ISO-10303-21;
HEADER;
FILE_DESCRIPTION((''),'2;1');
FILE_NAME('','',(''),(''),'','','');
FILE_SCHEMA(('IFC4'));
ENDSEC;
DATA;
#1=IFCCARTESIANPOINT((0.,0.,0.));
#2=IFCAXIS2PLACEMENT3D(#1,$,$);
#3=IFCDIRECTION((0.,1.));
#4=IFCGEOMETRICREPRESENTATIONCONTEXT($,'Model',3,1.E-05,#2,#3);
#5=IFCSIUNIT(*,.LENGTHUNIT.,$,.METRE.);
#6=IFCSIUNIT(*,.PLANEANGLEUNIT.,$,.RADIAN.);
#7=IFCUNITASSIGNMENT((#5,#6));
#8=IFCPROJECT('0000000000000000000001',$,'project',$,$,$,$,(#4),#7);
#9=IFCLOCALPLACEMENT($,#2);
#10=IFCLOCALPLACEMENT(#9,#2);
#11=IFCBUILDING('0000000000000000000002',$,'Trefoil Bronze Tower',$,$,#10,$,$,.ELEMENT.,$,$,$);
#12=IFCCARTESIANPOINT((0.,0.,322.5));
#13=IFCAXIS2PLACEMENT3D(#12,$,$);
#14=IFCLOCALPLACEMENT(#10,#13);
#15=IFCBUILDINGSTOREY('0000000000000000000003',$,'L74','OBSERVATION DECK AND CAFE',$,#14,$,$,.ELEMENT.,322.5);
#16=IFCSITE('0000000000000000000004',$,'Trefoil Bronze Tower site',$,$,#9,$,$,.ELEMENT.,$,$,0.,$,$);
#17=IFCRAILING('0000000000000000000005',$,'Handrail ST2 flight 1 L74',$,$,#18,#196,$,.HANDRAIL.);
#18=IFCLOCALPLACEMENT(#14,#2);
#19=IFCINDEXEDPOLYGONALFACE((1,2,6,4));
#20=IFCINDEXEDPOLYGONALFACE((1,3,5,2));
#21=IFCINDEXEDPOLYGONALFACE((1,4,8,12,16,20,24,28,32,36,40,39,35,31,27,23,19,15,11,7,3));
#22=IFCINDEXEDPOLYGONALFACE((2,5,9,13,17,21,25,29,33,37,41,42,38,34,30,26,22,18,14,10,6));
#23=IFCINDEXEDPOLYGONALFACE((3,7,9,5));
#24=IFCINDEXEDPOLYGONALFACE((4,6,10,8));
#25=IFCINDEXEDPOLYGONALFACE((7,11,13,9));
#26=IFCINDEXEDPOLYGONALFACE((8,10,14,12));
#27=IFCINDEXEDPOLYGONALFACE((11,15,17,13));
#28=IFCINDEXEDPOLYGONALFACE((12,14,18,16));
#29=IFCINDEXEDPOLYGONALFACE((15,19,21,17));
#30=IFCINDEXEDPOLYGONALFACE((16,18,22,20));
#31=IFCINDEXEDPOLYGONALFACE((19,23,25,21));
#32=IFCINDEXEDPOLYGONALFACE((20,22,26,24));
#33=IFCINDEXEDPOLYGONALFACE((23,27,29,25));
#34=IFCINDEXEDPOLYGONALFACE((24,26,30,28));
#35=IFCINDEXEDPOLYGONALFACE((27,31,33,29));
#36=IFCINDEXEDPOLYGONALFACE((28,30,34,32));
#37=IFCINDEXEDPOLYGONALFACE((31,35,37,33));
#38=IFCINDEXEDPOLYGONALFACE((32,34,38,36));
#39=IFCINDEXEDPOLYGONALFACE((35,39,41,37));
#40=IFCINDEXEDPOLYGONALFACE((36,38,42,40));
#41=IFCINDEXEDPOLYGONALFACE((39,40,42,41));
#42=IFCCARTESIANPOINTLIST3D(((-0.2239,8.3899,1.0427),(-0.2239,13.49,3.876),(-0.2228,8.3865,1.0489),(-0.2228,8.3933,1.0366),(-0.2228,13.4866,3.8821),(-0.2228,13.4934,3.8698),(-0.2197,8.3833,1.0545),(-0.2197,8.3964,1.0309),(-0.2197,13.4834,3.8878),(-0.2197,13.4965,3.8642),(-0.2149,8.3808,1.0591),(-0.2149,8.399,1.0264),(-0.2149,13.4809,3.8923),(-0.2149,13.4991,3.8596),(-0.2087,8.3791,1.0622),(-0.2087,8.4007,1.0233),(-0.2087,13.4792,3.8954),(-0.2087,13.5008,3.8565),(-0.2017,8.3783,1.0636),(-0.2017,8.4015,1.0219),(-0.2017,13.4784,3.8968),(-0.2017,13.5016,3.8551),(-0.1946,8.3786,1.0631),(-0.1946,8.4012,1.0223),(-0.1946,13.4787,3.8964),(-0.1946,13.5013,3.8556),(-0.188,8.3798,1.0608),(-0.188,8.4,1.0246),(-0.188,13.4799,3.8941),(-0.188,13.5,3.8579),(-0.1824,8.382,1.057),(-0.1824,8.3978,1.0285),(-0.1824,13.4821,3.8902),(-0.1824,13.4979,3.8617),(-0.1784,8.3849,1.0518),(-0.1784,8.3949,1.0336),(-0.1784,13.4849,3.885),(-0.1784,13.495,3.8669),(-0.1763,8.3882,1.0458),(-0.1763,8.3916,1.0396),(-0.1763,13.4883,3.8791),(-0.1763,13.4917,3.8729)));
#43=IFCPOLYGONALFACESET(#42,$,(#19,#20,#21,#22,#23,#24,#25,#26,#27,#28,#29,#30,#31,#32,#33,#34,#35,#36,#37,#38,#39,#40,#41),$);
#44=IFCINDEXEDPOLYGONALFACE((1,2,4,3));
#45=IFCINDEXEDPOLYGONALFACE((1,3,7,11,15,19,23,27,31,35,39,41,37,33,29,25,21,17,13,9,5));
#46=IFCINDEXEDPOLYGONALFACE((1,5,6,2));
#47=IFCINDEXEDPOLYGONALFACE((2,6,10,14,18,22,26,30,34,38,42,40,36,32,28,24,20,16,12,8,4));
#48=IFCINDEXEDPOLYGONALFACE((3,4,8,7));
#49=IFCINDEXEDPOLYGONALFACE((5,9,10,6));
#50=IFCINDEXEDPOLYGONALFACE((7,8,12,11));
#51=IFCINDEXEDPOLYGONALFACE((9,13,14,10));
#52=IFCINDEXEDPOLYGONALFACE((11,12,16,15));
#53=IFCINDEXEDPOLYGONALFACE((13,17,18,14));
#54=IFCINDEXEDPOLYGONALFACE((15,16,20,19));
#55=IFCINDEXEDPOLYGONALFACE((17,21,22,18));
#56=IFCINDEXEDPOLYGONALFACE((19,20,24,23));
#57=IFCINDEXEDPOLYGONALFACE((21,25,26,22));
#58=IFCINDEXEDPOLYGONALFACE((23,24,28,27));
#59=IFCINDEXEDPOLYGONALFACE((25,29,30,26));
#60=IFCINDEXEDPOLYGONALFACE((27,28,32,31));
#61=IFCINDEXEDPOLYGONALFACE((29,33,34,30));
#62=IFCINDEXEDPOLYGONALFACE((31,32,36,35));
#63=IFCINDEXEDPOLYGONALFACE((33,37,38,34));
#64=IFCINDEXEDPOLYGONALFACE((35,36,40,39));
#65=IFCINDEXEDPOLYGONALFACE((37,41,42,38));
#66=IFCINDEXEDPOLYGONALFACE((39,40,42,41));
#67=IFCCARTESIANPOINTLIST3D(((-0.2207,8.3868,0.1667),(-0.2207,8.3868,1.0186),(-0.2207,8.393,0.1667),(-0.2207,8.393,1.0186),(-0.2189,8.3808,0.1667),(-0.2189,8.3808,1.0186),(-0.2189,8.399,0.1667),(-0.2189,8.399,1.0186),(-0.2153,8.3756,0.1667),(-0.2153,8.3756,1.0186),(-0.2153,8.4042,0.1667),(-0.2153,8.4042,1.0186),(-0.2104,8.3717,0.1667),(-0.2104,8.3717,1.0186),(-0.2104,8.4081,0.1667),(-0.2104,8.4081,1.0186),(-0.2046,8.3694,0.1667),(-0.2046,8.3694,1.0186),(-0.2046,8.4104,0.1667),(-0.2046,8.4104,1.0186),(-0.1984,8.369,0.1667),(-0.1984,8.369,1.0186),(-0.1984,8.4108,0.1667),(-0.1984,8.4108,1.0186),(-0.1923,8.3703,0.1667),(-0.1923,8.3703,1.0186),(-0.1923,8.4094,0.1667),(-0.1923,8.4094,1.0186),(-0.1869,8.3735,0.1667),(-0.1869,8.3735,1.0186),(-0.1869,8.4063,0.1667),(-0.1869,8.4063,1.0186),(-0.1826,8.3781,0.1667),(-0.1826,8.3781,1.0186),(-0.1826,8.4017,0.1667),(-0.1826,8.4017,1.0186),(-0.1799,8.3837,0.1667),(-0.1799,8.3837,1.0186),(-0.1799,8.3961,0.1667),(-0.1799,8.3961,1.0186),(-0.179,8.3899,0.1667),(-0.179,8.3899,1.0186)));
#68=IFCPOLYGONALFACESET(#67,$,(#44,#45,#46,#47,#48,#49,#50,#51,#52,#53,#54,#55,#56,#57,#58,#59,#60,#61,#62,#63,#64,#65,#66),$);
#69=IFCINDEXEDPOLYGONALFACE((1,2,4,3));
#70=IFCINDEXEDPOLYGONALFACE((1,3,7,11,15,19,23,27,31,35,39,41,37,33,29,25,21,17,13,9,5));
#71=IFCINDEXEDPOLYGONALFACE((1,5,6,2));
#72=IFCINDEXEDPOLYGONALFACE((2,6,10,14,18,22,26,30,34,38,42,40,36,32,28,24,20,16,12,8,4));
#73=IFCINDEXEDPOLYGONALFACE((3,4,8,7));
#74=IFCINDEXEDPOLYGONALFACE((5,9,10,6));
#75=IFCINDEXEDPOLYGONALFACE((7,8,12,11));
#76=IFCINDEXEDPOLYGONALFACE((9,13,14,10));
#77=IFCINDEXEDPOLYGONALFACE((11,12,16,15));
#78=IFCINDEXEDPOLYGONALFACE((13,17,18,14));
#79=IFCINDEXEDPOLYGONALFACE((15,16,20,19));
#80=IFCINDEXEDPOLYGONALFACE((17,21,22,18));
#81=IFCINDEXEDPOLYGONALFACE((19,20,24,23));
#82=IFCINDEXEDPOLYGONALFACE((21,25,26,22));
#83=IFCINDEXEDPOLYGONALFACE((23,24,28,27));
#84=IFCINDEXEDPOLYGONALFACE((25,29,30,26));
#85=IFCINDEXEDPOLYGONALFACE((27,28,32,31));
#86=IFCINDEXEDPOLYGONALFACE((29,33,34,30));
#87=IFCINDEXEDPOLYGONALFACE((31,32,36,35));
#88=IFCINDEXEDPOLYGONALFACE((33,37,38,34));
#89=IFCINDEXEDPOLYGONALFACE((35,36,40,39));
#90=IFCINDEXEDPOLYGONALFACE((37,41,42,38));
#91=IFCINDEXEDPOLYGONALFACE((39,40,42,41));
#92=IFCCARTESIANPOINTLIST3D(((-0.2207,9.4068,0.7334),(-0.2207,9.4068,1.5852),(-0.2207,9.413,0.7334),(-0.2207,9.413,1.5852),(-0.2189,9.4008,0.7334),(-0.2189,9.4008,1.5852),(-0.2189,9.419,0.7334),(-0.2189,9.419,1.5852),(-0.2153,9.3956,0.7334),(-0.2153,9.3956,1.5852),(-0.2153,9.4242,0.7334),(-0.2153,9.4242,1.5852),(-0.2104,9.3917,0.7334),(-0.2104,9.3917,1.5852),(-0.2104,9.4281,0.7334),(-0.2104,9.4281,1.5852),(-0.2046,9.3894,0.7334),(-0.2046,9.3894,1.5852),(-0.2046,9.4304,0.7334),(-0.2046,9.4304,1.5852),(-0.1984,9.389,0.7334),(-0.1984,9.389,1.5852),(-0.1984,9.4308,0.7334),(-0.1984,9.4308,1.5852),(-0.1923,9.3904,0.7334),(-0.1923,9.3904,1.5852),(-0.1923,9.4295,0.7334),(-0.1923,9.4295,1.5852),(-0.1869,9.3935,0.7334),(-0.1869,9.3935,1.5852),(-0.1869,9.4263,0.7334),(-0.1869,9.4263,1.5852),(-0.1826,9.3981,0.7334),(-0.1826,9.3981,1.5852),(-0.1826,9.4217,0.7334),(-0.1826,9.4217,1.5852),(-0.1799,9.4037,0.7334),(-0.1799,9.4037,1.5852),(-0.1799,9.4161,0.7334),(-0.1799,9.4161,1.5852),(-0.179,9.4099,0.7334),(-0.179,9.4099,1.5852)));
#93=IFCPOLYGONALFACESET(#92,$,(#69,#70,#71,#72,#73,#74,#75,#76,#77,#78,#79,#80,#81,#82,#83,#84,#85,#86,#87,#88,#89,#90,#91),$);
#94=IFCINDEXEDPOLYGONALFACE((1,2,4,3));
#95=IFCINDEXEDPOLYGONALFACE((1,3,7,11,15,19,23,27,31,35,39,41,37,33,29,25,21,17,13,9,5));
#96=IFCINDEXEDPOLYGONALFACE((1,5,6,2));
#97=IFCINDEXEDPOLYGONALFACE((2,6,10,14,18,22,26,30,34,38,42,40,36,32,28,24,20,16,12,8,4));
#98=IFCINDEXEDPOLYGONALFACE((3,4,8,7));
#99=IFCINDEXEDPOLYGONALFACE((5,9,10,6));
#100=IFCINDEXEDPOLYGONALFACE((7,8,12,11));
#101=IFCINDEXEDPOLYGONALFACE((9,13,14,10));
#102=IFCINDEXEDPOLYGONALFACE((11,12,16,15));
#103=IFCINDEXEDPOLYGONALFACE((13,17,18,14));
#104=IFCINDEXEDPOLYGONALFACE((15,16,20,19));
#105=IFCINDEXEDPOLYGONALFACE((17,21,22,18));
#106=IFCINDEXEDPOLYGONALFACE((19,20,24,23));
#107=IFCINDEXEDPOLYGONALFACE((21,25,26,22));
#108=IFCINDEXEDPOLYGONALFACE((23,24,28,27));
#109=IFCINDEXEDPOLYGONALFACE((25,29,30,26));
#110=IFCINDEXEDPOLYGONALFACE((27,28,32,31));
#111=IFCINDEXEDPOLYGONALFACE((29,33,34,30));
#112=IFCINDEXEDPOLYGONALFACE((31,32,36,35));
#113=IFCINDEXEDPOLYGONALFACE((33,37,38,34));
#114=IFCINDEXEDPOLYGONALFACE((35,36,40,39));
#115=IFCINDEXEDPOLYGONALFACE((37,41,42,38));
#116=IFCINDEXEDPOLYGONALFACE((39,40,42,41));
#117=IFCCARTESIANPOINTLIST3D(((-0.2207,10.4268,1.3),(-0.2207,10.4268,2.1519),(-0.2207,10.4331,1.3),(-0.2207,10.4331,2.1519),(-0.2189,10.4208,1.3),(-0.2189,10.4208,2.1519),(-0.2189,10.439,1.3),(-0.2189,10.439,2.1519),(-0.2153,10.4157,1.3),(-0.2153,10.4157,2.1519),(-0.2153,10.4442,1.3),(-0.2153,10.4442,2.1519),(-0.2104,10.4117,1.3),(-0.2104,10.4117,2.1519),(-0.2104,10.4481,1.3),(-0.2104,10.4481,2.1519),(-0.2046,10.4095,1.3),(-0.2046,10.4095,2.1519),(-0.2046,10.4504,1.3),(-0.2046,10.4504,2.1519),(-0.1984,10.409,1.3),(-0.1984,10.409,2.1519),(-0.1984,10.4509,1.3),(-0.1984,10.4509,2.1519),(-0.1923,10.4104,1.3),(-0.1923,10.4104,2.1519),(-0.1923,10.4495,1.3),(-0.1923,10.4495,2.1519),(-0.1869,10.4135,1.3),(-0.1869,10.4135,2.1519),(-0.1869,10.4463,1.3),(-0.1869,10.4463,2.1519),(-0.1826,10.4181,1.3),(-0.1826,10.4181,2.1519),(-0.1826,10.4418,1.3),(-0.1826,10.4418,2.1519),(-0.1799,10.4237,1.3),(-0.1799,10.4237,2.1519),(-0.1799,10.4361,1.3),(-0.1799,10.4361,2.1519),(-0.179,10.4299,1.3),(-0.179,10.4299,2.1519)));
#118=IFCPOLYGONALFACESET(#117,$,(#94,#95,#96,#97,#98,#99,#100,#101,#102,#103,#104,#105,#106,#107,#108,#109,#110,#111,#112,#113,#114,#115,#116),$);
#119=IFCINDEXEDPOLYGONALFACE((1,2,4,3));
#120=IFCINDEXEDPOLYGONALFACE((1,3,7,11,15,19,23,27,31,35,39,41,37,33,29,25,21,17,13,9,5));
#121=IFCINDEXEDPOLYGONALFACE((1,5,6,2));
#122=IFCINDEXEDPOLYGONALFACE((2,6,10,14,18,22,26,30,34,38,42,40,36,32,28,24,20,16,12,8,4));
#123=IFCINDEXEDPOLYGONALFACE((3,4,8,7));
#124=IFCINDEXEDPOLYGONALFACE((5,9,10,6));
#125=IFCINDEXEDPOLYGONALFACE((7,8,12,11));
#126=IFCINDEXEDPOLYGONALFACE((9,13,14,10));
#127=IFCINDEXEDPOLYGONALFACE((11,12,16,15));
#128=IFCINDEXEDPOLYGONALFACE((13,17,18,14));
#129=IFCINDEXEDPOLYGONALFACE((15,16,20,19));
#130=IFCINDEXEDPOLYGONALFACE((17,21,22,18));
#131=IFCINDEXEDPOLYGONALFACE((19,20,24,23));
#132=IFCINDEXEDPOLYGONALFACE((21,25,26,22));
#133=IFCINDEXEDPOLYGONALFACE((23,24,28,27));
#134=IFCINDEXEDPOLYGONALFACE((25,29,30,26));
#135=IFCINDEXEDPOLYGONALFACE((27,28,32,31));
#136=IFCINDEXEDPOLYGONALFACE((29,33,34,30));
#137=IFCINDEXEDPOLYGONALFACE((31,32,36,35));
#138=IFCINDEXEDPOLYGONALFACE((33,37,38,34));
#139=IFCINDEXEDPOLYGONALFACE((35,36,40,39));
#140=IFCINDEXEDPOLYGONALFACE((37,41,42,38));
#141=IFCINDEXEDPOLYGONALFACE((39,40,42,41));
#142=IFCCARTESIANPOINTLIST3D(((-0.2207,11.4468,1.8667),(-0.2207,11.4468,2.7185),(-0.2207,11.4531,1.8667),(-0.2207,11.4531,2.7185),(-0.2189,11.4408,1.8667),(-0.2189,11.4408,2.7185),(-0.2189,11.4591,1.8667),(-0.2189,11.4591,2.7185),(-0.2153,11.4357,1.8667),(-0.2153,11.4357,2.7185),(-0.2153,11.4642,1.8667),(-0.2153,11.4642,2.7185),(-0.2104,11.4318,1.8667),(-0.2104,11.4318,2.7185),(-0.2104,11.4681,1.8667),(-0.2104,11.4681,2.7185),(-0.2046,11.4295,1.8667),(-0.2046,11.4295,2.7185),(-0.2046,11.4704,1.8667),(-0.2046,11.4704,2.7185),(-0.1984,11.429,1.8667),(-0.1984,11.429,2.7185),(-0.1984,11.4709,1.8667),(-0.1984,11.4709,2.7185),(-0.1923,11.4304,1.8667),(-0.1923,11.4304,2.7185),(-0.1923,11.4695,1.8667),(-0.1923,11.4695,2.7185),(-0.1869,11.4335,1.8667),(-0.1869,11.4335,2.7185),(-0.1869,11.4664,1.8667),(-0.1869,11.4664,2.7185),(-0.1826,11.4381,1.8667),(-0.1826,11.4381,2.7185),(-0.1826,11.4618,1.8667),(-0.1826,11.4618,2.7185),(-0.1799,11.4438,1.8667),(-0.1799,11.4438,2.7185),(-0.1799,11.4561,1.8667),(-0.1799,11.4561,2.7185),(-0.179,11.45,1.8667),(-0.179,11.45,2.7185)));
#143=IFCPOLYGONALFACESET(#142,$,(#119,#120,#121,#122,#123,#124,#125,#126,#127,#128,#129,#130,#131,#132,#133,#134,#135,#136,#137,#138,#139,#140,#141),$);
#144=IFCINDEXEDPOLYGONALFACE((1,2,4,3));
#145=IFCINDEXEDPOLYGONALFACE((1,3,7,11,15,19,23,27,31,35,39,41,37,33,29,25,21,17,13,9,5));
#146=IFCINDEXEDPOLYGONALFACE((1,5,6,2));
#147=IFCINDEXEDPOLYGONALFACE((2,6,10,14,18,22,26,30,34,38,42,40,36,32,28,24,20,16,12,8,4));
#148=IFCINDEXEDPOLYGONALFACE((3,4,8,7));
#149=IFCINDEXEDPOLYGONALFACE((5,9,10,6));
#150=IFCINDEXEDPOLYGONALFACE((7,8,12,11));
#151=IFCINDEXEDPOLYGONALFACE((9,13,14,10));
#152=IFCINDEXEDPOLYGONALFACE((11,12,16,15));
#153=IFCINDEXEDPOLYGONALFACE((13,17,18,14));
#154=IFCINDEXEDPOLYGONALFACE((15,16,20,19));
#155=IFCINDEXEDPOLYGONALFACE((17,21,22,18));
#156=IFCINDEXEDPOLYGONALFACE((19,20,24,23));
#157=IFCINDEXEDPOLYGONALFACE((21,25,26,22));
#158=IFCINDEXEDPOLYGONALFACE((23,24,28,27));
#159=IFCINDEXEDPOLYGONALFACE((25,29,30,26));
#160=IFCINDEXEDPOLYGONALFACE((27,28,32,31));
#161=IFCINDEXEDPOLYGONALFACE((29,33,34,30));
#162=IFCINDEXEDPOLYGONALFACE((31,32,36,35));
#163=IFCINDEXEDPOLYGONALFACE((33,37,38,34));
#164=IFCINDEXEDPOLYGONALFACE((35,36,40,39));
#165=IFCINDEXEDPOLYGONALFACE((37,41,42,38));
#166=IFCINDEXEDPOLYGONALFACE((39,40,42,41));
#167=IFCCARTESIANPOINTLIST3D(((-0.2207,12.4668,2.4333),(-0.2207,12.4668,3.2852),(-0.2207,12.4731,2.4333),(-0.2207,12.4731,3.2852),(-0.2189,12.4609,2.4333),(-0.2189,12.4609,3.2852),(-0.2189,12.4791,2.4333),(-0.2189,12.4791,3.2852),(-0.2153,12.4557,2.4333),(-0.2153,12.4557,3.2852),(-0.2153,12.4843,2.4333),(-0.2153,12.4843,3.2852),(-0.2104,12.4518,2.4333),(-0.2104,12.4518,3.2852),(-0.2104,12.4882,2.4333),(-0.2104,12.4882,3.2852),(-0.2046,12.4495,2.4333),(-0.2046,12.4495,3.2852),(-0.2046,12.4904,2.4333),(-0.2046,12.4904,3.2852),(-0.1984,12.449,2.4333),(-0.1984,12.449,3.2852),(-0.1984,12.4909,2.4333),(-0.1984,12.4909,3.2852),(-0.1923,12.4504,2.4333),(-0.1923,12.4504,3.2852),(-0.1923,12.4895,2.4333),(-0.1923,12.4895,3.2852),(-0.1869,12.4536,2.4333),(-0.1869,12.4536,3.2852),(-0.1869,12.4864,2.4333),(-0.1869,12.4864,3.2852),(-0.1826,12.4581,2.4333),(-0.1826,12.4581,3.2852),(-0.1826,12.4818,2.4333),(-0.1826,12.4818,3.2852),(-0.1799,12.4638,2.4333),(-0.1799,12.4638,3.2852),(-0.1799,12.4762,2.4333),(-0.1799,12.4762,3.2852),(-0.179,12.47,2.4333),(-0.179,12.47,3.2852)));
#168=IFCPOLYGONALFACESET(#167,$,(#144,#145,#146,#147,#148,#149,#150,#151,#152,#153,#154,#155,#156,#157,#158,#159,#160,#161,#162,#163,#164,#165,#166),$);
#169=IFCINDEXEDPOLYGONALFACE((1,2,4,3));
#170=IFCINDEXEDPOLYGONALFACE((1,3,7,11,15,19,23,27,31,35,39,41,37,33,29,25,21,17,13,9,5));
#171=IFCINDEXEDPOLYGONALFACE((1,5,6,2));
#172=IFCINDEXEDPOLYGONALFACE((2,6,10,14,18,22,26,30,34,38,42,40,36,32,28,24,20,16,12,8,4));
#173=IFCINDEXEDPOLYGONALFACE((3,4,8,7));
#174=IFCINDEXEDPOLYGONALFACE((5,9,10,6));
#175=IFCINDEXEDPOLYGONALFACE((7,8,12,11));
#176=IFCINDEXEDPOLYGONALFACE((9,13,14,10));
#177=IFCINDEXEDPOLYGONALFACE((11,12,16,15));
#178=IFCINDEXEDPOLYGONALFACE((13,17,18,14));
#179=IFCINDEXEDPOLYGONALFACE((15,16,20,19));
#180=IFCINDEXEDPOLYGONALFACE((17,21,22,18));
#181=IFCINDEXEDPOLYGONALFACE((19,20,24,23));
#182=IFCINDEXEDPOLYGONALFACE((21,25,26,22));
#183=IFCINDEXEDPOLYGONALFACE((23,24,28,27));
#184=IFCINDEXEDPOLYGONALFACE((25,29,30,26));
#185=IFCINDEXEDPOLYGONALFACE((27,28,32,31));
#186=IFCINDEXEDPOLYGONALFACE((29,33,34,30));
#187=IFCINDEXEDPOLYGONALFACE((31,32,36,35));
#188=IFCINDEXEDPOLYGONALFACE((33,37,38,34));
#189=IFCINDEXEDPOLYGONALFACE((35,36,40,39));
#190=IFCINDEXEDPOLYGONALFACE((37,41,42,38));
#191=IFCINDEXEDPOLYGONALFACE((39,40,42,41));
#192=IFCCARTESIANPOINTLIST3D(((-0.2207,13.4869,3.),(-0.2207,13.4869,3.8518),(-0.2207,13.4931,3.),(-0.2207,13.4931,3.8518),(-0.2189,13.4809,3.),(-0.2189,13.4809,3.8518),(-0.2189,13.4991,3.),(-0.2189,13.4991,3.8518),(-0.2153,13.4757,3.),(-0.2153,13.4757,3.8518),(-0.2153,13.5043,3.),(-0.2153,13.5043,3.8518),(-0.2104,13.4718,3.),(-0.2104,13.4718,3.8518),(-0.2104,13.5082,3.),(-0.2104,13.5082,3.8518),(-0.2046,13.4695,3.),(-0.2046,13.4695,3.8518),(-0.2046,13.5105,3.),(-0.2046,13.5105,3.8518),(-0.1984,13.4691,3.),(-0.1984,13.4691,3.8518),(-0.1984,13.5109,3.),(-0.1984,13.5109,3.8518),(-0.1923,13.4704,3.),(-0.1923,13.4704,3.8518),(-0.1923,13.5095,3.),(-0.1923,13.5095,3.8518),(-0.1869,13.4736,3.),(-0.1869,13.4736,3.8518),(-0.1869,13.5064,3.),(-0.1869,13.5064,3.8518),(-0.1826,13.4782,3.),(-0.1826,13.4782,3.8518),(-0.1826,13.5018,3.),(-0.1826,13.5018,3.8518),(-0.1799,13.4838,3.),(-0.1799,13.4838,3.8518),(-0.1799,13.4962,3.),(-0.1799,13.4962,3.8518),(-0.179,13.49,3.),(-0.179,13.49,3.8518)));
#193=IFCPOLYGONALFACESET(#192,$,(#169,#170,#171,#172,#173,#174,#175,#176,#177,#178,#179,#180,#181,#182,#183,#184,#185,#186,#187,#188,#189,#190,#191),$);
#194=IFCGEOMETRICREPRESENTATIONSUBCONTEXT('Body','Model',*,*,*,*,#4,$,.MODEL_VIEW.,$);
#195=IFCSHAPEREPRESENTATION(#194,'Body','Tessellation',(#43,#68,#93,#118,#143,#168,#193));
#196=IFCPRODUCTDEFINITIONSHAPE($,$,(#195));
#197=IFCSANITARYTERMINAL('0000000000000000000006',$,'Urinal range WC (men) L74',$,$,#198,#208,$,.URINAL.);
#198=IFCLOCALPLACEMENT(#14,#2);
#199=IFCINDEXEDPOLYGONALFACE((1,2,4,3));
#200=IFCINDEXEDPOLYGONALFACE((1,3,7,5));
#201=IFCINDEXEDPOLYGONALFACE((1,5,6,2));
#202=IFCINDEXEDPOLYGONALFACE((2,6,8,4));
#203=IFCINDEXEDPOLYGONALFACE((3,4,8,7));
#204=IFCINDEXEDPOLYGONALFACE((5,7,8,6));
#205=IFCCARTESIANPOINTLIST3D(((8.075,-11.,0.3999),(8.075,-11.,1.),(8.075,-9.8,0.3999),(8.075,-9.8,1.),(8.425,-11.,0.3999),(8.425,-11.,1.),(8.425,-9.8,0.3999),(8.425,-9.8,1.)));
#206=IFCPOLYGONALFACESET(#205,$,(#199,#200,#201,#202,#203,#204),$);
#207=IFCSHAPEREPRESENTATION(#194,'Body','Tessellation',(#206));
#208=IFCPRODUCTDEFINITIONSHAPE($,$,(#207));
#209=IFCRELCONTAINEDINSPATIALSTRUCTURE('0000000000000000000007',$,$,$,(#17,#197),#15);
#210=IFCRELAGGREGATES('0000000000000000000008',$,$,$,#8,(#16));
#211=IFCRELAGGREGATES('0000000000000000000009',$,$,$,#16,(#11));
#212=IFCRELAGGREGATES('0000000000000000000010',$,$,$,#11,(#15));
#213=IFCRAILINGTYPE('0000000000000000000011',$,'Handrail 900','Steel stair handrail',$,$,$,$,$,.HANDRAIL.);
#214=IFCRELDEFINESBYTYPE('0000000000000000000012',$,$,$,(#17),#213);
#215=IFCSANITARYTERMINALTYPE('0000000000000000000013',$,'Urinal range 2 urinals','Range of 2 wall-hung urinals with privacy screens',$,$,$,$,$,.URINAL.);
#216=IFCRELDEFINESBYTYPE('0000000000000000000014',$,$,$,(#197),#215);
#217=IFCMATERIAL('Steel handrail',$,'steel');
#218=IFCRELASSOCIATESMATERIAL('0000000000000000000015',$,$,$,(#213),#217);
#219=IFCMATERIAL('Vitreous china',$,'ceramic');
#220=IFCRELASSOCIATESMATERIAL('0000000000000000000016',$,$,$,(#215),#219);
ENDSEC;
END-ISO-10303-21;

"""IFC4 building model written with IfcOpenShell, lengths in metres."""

from ifc_helpers import new_model, si_unit, direction, frame, origin, origin_2d, place, context, subcontext, project, spatial, polyline, circle, outline, extrude, material, type_object, element, save


model = new_model("IFC4")

# Units and contexts
model_context = context("Model", 3, precision=1e-05, world=origin(), true_north=direction((0.0, 1.0)))
body_context = subcontext(model_context, "Body", "Model", "MODEL_VIEW")
ifc_project = project(units=[si_unit("LENGTHUNIT", "METRE"), si_unit("PLANEANGLEUNIT", "RADIAN")], contexts=[model_context])

# Site, building, storey
site_placement = place(None, origin())
site = spatial("IfcSite", under=ifc_project, at=site_placement, Name="Trefoil Bronze Tower site", CompositionType="ELEMENT", RefElevation=0.0)
building_placement = place(site_placement, origin())
building = spatial("IfcBuilding", under=site, at=building_placement, Name="Trefoil Bronze Tower", CompositionType="ELEMENT")
storey_placement = place(building_placement, frame((0.0, 0.0, 322.5)))
storey = spatial("IfcBuildingStorey", under=building, at=storey_placement, Name="L74", Description="OBSERVATION DECK AND CAFE", CompositionType="ELEMENT", Elevation=322.5)

# Railing
ifc_material_1 = material(Name="Steel handrail", Category="steel")
railing_type = type_object("IfcRailingType", Name="Handrail 900", Description="Steel stair handrail", PredefinedType="HANDRAIL", material=ifc_material_1)
railing_placement = place(storey_placement, frame((-0.2, 8.3899, 0.1667)))
element("IfcRailing", 1, at=railing_placement, inside=storey, type_object=railing_type, Name="Handrail ST2 flight 1 L74", PredefinedType="HANDRAIL", context=body_context, shape_type="SweptSolid", body=[
    extrude(circle(Radius=0.0239, at=origin_2d()), frame((0.0, 0.0, 0.876), z_axis=(0.0, 0.874167, 0.485625), x_axis=(-1.0, 0.0, 0.0)), (0.0, 0.0, 1.0), 5.8342),
    extrude(circle(Radius=0.021, at=origin_2d()), origin(), (0.0, 0.0, 1.0), 0.8518),
    extrude(circle(Radius=0.021, at=origin_2d()), frame((0.0, 1.02, 0.5667)), (0.0, 0.0, 1.0), 0.8518),
    extrude(circle(Radius=0.021, at=origin_2d()), frame((0.0, 2.04, 1.1333)), (0.0, 0.0, 1.0), 0.8518),
    extrude(circle(Radius=0.021, at=origin_2d()), frame((0.0, 3.0601, 1.7)), (0.0, 0.0, 1.0), 0.8518),
    extrude(circle(Radius=0.021, at=origin_2d()), frame((0.0, 4.0801, 2.2666)), (0.0, 0.0, 1.0), 0.8518),
    extrude(circle(Radius=0.021, at=origin_2d()), frame((0.0, 5.1001, 2.8333)), (0.0, 0.0, 1.0), 0.8518),
])

# Sanitary terminal
ifc_material_2 = material(Name="Vitreous china", Category="ceramic")
sanitary_terminal_type_1 = type_object("IfcSanitaryTerminalType", Name="Urinal range 2 urinals", Description="Range of 2 wall-hung urinals with privacy screens", PredefinedType="URINAL", material=ifc_material_2)
sanitary_terminal_1_placement = place(storey_placement, frame((0.0, 0.0, 0.3999)))
element("IfcSanitaryTerminal", 2, at=sanitary_terminal_1_placement, inside=storey, type_object=sanitary_terminal_type_1, Name="Urinal range WC (men) L74", PredefinedType="URINAL", context=body_context, shape_type="SweptSolid", body=[
    extrude(outline(polyline([(8.075, -9.8), (8.425, -9.8), (8.425, -11.0), (8.075, -11.0), (8.075, -9.8)])), origin(), (0.0, 0.0, 1.0), 0.6001),
])

save(model, "model.ifc")
